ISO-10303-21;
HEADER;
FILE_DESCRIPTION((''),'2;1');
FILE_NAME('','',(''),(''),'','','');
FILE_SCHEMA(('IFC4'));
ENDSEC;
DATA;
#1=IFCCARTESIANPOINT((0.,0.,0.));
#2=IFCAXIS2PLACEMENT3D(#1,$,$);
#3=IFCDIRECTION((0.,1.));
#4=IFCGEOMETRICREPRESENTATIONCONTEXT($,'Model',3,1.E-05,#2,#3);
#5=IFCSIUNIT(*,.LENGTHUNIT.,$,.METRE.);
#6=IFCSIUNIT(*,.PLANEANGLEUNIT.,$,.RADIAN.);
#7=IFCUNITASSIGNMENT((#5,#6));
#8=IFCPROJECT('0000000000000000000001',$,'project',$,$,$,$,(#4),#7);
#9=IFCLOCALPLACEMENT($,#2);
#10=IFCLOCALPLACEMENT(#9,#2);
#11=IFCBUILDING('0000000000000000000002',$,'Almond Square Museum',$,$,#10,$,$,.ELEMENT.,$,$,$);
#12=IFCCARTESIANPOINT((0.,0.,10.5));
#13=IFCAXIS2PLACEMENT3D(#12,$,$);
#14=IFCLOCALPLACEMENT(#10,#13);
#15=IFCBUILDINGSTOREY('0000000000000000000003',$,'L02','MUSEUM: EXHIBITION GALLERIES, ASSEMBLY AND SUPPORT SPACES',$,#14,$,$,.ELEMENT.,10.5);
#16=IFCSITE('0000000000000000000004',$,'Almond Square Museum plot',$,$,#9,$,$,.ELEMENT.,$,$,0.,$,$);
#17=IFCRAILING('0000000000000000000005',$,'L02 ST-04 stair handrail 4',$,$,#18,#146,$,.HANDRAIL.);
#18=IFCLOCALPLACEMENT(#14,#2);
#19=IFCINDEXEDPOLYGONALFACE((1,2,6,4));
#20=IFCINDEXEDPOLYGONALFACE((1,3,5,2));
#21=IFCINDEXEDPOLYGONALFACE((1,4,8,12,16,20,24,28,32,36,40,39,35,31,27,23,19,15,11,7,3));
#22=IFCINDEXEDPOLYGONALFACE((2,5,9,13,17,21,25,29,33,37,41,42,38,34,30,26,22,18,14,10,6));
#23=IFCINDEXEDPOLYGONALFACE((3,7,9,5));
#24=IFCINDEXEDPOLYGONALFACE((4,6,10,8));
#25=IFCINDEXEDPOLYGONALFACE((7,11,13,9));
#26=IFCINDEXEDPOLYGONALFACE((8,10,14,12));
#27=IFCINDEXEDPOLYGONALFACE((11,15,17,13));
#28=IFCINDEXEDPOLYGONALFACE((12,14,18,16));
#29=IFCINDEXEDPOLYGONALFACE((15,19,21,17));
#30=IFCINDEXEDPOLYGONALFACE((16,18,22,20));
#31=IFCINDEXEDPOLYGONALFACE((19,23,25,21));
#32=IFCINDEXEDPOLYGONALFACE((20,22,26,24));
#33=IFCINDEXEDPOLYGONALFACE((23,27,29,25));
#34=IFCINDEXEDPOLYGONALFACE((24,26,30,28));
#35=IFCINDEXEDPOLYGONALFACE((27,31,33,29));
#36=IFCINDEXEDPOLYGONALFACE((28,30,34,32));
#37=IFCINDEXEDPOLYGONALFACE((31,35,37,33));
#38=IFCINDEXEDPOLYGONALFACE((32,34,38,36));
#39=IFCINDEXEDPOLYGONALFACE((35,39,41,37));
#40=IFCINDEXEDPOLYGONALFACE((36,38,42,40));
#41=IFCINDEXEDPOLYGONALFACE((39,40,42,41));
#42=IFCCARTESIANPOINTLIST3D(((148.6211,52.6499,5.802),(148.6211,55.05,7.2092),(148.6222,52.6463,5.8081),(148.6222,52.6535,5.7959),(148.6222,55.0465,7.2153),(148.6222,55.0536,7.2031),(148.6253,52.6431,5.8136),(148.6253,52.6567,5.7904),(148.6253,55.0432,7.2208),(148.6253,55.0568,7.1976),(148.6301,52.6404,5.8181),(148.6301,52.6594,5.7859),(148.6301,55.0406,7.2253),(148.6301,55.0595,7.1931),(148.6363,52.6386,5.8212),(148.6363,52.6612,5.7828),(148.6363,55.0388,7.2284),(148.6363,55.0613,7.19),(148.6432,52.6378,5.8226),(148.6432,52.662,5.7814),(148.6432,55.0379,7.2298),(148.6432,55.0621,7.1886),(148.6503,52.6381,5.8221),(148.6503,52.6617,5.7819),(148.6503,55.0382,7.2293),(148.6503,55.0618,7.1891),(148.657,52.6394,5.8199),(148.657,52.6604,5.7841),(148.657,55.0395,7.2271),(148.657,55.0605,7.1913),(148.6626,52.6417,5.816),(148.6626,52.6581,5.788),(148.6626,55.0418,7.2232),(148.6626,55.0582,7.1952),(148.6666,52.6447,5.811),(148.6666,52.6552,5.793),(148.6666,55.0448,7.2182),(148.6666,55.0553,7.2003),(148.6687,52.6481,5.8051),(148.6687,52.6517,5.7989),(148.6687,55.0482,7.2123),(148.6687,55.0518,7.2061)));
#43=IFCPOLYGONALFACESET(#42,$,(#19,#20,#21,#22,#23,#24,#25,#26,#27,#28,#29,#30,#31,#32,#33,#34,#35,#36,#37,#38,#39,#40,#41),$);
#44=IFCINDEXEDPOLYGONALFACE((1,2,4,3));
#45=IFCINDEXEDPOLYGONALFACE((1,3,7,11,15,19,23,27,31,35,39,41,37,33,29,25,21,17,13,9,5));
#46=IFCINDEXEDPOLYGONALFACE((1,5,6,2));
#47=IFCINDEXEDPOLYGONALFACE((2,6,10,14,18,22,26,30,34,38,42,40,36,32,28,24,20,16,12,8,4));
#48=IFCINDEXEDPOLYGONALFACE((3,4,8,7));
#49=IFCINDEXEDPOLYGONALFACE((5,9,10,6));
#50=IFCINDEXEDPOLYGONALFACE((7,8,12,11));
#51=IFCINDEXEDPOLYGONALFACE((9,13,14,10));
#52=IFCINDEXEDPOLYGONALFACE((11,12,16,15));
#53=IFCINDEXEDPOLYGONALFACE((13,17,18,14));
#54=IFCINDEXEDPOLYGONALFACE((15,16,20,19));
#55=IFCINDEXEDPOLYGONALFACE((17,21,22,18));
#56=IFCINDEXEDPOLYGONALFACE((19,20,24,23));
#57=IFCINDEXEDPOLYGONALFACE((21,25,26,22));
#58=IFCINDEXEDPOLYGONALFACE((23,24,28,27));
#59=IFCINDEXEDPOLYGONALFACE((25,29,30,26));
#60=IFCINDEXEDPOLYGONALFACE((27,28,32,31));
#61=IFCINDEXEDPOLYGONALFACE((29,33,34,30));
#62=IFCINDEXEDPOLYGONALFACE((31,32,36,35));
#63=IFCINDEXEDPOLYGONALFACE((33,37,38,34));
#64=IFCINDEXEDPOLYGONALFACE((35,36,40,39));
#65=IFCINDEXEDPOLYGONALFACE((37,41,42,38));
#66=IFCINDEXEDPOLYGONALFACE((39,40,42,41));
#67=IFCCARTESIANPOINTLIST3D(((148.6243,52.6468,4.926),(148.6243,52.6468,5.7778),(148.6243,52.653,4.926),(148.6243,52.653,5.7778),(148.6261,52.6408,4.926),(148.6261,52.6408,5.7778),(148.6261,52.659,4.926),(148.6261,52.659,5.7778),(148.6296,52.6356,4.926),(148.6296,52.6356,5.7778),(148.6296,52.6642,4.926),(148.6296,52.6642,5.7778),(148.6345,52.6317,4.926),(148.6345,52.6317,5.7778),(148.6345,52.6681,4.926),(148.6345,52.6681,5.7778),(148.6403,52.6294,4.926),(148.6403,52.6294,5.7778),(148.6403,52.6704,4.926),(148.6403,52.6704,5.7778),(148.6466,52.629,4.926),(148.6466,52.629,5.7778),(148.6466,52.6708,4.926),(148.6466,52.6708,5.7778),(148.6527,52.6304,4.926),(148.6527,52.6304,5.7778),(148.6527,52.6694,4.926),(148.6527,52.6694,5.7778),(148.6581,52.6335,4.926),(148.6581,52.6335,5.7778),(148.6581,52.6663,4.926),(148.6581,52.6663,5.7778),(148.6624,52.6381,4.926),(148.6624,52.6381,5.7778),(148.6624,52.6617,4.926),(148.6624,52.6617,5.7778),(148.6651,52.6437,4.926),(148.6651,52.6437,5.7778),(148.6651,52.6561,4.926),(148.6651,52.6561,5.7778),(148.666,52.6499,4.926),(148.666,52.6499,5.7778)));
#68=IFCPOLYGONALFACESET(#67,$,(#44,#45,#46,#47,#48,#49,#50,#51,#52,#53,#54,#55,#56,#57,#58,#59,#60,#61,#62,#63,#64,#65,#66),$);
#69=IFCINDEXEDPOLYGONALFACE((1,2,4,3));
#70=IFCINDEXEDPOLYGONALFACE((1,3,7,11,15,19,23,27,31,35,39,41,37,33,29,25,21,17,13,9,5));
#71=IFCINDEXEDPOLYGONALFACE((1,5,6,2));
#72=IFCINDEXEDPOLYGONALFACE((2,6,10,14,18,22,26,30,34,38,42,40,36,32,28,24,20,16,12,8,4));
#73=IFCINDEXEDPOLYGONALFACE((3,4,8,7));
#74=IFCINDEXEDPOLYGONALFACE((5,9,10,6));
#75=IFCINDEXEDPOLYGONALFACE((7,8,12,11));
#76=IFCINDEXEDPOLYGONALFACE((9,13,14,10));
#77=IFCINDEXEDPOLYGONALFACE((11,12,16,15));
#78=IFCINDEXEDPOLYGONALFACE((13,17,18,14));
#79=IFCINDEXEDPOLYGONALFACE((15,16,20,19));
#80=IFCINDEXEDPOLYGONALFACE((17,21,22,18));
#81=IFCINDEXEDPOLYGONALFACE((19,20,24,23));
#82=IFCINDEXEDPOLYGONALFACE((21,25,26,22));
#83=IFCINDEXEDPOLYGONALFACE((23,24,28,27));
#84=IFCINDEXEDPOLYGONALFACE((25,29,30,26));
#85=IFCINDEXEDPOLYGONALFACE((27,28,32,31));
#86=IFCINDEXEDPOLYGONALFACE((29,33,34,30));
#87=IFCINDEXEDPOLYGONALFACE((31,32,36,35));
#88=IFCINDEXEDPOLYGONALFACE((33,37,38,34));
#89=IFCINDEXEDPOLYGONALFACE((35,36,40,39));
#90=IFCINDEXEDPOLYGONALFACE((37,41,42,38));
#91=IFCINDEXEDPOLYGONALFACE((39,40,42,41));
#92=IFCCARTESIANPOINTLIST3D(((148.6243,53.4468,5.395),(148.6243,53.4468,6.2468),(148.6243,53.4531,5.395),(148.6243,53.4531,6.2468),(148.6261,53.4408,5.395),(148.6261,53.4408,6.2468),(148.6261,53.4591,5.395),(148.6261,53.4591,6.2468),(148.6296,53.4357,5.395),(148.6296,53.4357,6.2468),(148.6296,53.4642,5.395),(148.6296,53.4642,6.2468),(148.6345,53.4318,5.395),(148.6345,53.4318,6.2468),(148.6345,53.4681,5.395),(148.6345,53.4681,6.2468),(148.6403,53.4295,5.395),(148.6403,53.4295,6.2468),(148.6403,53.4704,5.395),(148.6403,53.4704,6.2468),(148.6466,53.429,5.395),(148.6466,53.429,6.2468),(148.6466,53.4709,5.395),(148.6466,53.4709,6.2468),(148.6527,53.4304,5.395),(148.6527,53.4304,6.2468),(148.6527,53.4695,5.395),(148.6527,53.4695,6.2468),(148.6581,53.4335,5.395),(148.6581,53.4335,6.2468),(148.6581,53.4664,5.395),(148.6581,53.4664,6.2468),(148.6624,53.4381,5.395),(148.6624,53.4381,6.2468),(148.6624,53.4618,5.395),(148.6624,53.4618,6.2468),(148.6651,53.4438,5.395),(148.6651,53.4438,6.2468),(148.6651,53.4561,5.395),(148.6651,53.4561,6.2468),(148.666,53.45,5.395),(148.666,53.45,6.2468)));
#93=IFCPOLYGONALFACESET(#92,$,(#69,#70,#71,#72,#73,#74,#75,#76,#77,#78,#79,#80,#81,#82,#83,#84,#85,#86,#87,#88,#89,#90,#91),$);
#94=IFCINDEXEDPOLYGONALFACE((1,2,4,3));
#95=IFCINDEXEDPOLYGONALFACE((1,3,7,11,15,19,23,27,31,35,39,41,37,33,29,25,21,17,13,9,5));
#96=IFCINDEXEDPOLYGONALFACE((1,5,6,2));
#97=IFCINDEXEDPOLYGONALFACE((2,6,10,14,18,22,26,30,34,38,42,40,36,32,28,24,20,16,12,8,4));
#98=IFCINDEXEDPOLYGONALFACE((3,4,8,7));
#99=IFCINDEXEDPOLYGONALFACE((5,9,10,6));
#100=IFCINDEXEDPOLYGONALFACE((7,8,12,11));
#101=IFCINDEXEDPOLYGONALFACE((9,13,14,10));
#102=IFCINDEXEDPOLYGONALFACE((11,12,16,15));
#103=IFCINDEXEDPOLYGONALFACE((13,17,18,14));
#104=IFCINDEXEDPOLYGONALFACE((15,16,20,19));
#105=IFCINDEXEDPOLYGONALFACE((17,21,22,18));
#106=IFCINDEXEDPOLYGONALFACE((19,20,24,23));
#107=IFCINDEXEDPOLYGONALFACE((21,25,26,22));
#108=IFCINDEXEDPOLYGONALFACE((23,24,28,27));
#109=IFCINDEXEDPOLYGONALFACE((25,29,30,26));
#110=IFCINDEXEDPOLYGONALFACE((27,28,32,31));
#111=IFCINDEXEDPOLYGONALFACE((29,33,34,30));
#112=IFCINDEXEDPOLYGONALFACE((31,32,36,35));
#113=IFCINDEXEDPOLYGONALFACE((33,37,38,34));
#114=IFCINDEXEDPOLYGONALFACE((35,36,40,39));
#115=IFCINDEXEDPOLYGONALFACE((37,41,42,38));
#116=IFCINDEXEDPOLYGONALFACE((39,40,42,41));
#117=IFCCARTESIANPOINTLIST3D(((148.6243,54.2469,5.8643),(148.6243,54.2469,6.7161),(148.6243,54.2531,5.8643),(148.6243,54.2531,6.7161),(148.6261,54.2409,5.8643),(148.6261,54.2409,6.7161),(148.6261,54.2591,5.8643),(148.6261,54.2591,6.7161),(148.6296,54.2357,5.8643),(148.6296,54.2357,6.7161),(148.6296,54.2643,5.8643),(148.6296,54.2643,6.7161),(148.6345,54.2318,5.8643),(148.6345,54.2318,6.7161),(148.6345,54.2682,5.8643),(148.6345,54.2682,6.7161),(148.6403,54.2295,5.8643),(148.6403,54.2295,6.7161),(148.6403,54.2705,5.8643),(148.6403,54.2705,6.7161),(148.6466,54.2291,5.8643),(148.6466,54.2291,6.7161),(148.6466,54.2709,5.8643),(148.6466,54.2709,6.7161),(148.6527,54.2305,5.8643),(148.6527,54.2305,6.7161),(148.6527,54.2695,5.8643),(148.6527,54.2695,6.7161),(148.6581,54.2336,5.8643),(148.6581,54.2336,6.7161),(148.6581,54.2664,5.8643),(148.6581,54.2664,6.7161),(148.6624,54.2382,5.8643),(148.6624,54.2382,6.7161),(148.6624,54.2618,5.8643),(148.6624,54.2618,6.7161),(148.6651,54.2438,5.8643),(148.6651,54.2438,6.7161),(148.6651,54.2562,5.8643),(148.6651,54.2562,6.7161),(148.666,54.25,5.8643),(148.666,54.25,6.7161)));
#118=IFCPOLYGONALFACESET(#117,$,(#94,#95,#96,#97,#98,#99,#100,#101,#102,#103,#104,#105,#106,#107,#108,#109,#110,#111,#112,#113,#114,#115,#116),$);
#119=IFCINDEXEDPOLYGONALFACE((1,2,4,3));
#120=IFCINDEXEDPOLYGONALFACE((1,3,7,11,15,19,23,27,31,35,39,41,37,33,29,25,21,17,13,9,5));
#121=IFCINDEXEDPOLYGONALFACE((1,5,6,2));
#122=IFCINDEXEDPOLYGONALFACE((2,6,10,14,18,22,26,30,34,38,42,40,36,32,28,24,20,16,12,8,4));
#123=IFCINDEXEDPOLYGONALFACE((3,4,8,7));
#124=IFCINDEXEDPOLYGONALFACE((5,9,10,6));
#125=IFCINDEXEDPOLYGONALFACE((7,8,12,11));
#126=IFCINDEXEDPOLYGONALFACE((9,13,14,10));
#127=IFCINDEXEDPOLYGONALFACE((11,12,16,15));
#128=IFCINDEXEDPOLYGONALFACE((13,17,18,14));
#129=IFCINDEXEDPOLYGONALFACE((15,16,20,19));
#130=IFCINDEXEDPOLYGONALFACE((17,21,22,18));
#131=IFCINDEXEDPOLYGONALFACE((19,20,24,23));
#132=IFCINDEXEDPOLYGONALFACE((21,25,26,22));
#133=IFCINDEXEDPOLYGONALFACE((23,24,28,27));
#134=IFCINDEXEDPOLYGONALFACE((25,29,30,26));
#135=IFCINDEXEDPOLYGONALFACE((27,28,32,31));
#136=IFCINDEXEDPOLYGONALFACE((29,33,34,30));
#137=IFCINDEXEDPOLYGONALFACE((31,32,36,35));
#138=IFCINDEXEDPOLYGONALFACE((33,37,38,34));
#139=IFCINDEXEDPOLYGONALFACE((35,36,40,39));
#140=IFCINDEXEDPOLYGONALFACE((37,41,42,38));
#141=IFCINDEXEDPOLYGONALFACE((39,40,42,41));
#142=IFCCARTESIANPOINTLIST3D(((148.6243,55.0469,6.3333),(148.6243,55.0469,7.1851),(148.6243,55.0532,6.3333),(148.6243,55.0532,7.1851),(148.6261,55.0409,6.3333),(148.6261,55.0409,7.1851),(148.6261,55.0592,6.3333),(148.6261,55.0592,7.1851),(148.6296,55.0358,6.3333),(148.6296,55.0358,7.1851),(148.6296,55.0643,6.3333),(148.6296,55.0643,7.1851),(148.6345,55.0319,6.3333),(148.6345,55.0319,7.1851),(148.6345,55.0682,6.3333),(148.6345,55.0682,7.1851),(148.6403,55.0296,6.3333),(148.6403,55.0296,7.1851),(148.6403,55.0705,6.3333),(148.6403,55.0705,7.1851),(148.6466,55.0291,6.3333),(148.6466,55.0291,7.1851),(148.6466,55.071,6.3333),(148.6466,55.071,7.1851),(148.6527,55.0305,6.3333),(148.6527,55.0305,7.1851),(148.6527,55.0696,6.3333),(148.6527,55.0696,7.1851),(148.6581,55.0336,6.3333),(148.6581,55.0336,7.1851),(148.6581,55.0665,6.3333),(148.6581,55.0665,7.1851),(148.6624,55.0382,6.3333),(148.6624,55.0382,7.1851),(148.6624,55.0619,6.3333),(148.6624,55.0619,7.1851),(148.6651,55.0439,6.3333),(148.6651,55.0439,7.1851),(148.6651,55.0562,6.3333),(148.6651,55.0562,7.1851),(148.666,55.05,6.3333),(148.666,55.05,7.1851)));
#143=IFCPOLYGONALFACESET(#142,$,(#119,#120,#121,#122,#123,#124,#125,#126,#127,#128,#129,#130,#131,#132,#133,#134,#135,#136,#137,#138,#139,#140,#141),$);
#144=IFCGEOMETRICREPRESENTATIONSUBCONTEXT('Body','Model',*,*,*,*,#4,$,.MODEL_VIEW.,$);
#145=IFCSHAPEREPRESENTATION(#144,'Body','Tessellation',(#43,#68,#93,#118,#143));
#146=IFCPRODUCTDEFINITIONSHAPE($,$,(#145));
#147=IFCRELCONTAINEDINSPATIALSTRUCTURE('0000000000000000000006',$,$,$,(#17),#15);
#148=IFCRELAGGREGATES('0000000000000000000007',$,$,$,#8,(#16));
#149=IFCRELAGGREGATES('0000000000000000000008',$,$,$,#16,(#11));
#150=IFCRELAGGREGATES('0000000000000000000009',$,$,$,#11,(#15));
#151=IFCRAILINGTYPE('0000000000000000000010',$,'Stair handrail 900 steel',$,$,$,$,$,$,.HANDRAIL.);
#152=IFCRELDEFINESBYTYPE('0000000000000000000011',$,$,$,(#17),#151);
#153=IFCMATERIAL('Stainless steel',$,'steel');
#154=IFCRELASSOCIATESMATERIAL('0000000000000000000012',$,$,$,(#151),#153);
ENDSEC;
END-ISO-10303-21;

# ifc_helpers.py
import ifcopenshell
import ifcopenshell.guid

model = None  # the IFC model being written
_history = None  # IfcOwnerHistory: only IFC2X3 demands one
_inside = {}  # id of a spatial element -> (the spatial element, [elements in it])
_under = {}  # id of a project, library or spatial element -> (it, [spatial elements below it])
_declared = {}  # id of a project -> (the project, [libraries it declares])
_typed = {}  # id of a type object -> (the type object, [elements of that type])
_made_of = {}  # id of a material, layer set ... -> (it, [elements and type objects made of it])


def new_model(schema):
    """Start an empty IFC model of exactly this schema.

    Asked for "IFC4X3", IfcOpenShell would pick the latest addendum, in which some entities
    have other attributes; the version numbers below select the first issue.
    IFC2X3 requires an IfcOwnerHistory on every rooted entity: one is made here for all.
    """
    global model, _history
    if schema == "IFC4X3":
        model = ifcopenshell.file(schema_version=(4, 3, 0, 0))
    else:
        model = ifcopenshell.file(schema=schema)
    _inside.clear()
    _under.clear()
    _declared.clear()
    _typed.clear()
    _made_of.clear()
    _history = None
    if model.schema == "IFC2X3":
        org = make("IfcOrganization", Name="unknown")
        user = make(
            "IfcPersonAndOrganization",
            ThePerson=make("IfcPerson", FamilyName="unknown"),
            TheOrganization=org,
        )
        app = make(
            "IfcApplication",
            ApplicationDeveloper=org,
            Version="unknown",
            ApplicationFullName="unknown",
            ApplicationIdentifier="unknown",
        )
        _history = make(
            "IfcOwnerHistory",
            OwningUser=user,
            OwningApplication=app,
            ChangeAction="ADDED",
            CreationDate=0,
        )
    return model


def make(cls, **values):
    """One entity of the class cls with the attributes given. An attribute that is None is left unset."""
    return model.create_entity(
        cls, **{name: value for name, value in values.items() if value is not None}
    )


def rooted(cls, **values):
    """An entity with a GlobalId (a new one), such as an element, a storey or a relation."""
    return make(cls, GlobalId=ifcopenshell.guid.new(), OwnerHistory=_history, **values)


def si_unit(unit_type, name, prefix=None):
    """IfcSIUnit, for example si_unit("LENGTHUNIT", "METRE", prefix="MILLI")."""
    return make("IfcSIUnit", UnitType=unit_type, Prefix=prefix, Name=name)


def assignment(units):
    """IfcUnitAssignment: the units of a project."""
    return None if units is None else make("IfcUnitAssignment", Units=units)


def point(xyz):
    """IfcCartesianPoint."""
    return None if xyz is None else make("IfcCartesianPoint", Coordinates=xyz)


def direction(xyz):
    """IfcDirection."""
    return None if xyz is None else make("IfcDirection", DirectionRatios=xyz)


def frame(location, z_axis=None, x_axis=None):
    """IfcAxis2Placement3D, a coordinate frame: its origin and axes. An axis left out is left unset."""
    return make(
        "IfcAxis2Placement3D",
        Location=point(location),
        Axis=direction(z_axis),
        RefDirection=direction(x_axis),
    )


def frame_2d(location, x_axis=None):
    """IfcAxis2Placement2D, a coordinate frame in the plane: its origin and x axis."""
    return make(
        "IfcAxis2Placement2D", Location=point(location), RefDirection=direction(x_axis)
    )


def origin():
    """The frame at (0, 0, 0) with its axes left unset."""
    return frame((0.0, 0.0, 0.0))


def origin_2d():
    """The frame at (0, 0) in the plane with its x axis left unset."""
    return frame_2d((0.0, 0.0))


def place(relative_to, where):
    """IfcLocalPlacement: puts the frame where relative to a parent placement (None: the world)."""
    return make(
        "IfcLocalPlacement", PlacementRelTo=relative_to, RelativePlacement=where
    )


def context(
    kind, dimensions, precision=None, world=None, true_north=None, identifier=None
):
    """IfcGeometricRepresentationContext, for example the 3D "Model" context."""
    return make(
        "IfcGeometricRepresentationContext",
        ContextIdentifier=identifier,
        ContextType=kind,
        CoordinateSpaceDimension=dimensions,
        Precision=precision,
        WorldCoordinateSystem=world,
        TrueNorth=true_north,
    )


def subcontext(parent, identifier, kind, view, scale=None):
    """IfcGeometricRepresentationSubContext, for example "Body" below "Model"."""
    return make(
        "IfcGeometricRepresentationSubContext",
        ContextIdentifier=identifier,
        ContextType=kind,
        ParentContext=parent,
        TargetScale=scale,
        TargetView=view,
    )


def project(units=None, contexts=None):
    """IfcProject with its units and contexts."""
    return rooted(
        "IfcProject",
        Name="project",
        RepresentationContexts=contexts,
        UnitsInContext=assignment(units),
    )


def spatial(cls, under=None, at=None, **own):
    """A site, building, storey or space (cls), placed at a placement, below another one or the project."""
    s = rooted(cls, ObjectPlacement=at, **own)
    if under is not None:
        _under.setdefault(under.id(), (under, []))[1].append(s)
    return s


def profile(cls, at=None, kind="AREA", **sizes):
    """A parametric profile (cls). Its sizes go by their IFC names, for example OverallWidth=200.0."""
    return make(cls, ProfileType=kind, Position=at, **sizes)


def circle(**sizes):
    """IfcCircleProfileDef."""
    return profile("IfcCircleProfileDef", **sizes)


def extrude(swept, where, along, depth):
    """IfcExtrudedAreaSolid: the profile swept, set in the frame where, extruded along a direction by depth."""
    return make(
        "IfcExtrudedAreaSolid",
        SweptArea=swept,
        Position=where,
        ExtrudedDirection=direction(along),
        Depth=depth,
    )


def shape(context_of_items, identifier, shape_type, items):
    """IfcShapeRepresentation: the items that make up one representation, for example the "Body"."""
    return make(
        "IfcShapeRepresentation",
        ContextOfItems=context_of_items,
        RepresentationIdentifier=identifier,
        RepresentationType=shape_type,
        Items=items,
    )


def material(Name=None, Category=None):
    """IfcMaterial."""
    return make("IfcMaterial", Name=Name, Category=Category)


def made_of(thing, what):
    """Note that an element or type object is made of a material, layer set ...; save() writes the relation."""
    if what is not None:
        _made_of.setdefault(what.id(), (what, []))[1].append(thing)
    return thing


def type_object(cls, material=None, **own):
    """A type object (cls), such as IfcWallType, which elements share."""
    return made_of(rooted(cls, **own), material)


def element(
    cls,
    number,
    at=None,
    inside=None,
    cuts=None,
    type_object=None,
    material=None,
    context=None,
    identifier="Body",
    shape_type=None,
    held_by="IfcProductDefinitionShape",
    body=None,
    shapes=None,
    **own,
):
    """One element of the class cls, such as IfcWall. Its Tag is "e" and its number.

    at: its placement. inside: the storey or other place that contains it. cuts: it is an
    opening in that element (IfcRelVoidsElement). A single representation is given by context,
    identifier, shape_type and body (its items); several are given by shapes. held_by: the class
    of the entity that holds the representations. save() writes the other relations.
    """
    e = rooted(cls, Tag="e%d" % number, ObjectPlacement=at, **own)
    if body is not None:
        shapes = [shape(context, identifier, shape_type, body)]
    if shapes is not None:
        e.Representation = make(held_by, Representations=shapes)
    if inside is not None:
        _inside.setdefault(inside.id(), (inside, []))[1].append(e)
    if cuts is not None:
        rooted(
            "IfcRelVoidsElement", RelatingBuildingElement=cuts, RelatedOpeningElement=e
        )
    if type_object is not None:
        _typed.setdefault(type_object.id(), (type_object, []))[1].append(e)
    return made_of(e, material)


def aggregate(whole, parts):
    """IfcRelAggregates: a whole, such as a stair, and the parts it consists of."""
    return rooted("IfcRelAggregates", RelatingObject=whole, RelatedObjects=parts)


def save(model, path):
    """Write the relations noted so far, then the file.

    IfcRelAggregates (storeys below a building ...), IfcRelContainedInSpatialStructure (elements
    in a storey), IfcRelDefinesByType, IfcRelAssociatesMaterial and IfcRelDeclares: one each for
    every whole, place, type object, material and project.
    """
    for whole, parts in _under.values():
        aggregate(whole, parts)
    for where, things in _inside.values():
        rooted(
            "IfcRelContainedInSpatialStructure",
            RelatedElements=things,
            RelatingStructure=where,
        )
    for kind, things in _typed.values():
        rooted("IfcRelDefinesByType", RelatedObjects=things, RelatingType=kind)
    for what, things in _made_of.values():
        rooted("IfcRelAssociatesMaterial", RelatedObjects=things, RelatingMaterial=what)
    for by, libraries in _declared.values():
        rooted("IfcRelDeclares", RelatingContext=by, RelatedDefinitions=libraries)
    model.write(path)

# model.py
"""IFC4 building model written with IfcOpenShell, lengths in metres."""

from ifc_helpers import new_model, si_unit, direction, frame, origin, origin_2d, place, context, subcontext, project, spatial, circle, extrude, material, type_object, element, save


model = new_model("IFC4")

# Units and contexts
model_context = context("Model", 3, precision=1e-05, world=origin(), true_north=direction((0.0, 1.0)))
body_context = subcontext(model_context, "Body", "Model", "MODEL_VIEW")
ifc_project = project(units=[si_unit("LENGTHUNIT", "METRE"), si_unit("PLANEANGLEUNIT", "RADIAN")], contexts=[model_context])

# Site, building, storey
site_placement = place(None, origin())
site = spatial("IfcSite", under=ifc_project, at=site_placement, Name="Almond Square Museum plot", CompositionType="ELEMENT", RefElevation=0.0)
building_placement = place(site_placement, origin())
building = spatial("IfcBuilding", under=site, at=building_placement, Name="Almond Square Museum", CompositionType="ELEMENT")
storey_placement = place(building_placement, frame((0.0, 0.0, 10.5)))
storey = spatial("IfcBuildingStorey", under=building, at=storey_placement, Name="L02", Description="MUSEUM: EXHIBITION GALLERIES, ASSEMBLY AND SUPPORT SPACES", CompositionType="ELEMENT", Elevation=10.5)

# Railing
ifc_material_1 = material(Name="Stainless steel", Category="steel")
railing_type_1 = type_object("IfcRailingType", Name="Stair handrail 900 steel", PredefinedType="HANDRAIL", material=ifc_material_1)
railing_1_placement = place(storey_placement, frame((148.645, 52.6499, 4.926)))
element("IfcRailing", 1, at=railing_1_placement, inside=storey, type_object=railing_type_1, Name="L02 ST-04 stair handrail 4", PredefinedType="HANDRAIL", context=body_context, shape_type="SweptSolid", body=[
    extrude(circle(Radius=0.0239, at=origin_2d()), frame((0.0, 0.0, 0.876), z_axis=(0.0, 0.86266, 0.505785), x_axis=(-1.0, 0.0, 0.0)), (0.0, 0.0, 1.0), 2.7822),
    extrude(circle(Radius=0.021, at=origin_2d()), origin(), (0.0, 0.0, 1.0), 0.8518),
    extrude(circle(Radius=0.021, at=origin_2d()), frame((0.0, 0.8, 0.469)), (0.0, 0.0, 1.0), 0.8518),
    extrude(circle(Radius=0.021, at=origin_2d()), frame((0.0, 1.6001, 0.9382)), (0.0, 0.0, 1.0), 0.8518),
    extrude(circle(Radius=0.021, at=origin_2d()), frame((0.0, 2.4001, 1.4072)), (0.0, 0.0, 1.0), 0.8518),
])

save(model, "model.ifc")
